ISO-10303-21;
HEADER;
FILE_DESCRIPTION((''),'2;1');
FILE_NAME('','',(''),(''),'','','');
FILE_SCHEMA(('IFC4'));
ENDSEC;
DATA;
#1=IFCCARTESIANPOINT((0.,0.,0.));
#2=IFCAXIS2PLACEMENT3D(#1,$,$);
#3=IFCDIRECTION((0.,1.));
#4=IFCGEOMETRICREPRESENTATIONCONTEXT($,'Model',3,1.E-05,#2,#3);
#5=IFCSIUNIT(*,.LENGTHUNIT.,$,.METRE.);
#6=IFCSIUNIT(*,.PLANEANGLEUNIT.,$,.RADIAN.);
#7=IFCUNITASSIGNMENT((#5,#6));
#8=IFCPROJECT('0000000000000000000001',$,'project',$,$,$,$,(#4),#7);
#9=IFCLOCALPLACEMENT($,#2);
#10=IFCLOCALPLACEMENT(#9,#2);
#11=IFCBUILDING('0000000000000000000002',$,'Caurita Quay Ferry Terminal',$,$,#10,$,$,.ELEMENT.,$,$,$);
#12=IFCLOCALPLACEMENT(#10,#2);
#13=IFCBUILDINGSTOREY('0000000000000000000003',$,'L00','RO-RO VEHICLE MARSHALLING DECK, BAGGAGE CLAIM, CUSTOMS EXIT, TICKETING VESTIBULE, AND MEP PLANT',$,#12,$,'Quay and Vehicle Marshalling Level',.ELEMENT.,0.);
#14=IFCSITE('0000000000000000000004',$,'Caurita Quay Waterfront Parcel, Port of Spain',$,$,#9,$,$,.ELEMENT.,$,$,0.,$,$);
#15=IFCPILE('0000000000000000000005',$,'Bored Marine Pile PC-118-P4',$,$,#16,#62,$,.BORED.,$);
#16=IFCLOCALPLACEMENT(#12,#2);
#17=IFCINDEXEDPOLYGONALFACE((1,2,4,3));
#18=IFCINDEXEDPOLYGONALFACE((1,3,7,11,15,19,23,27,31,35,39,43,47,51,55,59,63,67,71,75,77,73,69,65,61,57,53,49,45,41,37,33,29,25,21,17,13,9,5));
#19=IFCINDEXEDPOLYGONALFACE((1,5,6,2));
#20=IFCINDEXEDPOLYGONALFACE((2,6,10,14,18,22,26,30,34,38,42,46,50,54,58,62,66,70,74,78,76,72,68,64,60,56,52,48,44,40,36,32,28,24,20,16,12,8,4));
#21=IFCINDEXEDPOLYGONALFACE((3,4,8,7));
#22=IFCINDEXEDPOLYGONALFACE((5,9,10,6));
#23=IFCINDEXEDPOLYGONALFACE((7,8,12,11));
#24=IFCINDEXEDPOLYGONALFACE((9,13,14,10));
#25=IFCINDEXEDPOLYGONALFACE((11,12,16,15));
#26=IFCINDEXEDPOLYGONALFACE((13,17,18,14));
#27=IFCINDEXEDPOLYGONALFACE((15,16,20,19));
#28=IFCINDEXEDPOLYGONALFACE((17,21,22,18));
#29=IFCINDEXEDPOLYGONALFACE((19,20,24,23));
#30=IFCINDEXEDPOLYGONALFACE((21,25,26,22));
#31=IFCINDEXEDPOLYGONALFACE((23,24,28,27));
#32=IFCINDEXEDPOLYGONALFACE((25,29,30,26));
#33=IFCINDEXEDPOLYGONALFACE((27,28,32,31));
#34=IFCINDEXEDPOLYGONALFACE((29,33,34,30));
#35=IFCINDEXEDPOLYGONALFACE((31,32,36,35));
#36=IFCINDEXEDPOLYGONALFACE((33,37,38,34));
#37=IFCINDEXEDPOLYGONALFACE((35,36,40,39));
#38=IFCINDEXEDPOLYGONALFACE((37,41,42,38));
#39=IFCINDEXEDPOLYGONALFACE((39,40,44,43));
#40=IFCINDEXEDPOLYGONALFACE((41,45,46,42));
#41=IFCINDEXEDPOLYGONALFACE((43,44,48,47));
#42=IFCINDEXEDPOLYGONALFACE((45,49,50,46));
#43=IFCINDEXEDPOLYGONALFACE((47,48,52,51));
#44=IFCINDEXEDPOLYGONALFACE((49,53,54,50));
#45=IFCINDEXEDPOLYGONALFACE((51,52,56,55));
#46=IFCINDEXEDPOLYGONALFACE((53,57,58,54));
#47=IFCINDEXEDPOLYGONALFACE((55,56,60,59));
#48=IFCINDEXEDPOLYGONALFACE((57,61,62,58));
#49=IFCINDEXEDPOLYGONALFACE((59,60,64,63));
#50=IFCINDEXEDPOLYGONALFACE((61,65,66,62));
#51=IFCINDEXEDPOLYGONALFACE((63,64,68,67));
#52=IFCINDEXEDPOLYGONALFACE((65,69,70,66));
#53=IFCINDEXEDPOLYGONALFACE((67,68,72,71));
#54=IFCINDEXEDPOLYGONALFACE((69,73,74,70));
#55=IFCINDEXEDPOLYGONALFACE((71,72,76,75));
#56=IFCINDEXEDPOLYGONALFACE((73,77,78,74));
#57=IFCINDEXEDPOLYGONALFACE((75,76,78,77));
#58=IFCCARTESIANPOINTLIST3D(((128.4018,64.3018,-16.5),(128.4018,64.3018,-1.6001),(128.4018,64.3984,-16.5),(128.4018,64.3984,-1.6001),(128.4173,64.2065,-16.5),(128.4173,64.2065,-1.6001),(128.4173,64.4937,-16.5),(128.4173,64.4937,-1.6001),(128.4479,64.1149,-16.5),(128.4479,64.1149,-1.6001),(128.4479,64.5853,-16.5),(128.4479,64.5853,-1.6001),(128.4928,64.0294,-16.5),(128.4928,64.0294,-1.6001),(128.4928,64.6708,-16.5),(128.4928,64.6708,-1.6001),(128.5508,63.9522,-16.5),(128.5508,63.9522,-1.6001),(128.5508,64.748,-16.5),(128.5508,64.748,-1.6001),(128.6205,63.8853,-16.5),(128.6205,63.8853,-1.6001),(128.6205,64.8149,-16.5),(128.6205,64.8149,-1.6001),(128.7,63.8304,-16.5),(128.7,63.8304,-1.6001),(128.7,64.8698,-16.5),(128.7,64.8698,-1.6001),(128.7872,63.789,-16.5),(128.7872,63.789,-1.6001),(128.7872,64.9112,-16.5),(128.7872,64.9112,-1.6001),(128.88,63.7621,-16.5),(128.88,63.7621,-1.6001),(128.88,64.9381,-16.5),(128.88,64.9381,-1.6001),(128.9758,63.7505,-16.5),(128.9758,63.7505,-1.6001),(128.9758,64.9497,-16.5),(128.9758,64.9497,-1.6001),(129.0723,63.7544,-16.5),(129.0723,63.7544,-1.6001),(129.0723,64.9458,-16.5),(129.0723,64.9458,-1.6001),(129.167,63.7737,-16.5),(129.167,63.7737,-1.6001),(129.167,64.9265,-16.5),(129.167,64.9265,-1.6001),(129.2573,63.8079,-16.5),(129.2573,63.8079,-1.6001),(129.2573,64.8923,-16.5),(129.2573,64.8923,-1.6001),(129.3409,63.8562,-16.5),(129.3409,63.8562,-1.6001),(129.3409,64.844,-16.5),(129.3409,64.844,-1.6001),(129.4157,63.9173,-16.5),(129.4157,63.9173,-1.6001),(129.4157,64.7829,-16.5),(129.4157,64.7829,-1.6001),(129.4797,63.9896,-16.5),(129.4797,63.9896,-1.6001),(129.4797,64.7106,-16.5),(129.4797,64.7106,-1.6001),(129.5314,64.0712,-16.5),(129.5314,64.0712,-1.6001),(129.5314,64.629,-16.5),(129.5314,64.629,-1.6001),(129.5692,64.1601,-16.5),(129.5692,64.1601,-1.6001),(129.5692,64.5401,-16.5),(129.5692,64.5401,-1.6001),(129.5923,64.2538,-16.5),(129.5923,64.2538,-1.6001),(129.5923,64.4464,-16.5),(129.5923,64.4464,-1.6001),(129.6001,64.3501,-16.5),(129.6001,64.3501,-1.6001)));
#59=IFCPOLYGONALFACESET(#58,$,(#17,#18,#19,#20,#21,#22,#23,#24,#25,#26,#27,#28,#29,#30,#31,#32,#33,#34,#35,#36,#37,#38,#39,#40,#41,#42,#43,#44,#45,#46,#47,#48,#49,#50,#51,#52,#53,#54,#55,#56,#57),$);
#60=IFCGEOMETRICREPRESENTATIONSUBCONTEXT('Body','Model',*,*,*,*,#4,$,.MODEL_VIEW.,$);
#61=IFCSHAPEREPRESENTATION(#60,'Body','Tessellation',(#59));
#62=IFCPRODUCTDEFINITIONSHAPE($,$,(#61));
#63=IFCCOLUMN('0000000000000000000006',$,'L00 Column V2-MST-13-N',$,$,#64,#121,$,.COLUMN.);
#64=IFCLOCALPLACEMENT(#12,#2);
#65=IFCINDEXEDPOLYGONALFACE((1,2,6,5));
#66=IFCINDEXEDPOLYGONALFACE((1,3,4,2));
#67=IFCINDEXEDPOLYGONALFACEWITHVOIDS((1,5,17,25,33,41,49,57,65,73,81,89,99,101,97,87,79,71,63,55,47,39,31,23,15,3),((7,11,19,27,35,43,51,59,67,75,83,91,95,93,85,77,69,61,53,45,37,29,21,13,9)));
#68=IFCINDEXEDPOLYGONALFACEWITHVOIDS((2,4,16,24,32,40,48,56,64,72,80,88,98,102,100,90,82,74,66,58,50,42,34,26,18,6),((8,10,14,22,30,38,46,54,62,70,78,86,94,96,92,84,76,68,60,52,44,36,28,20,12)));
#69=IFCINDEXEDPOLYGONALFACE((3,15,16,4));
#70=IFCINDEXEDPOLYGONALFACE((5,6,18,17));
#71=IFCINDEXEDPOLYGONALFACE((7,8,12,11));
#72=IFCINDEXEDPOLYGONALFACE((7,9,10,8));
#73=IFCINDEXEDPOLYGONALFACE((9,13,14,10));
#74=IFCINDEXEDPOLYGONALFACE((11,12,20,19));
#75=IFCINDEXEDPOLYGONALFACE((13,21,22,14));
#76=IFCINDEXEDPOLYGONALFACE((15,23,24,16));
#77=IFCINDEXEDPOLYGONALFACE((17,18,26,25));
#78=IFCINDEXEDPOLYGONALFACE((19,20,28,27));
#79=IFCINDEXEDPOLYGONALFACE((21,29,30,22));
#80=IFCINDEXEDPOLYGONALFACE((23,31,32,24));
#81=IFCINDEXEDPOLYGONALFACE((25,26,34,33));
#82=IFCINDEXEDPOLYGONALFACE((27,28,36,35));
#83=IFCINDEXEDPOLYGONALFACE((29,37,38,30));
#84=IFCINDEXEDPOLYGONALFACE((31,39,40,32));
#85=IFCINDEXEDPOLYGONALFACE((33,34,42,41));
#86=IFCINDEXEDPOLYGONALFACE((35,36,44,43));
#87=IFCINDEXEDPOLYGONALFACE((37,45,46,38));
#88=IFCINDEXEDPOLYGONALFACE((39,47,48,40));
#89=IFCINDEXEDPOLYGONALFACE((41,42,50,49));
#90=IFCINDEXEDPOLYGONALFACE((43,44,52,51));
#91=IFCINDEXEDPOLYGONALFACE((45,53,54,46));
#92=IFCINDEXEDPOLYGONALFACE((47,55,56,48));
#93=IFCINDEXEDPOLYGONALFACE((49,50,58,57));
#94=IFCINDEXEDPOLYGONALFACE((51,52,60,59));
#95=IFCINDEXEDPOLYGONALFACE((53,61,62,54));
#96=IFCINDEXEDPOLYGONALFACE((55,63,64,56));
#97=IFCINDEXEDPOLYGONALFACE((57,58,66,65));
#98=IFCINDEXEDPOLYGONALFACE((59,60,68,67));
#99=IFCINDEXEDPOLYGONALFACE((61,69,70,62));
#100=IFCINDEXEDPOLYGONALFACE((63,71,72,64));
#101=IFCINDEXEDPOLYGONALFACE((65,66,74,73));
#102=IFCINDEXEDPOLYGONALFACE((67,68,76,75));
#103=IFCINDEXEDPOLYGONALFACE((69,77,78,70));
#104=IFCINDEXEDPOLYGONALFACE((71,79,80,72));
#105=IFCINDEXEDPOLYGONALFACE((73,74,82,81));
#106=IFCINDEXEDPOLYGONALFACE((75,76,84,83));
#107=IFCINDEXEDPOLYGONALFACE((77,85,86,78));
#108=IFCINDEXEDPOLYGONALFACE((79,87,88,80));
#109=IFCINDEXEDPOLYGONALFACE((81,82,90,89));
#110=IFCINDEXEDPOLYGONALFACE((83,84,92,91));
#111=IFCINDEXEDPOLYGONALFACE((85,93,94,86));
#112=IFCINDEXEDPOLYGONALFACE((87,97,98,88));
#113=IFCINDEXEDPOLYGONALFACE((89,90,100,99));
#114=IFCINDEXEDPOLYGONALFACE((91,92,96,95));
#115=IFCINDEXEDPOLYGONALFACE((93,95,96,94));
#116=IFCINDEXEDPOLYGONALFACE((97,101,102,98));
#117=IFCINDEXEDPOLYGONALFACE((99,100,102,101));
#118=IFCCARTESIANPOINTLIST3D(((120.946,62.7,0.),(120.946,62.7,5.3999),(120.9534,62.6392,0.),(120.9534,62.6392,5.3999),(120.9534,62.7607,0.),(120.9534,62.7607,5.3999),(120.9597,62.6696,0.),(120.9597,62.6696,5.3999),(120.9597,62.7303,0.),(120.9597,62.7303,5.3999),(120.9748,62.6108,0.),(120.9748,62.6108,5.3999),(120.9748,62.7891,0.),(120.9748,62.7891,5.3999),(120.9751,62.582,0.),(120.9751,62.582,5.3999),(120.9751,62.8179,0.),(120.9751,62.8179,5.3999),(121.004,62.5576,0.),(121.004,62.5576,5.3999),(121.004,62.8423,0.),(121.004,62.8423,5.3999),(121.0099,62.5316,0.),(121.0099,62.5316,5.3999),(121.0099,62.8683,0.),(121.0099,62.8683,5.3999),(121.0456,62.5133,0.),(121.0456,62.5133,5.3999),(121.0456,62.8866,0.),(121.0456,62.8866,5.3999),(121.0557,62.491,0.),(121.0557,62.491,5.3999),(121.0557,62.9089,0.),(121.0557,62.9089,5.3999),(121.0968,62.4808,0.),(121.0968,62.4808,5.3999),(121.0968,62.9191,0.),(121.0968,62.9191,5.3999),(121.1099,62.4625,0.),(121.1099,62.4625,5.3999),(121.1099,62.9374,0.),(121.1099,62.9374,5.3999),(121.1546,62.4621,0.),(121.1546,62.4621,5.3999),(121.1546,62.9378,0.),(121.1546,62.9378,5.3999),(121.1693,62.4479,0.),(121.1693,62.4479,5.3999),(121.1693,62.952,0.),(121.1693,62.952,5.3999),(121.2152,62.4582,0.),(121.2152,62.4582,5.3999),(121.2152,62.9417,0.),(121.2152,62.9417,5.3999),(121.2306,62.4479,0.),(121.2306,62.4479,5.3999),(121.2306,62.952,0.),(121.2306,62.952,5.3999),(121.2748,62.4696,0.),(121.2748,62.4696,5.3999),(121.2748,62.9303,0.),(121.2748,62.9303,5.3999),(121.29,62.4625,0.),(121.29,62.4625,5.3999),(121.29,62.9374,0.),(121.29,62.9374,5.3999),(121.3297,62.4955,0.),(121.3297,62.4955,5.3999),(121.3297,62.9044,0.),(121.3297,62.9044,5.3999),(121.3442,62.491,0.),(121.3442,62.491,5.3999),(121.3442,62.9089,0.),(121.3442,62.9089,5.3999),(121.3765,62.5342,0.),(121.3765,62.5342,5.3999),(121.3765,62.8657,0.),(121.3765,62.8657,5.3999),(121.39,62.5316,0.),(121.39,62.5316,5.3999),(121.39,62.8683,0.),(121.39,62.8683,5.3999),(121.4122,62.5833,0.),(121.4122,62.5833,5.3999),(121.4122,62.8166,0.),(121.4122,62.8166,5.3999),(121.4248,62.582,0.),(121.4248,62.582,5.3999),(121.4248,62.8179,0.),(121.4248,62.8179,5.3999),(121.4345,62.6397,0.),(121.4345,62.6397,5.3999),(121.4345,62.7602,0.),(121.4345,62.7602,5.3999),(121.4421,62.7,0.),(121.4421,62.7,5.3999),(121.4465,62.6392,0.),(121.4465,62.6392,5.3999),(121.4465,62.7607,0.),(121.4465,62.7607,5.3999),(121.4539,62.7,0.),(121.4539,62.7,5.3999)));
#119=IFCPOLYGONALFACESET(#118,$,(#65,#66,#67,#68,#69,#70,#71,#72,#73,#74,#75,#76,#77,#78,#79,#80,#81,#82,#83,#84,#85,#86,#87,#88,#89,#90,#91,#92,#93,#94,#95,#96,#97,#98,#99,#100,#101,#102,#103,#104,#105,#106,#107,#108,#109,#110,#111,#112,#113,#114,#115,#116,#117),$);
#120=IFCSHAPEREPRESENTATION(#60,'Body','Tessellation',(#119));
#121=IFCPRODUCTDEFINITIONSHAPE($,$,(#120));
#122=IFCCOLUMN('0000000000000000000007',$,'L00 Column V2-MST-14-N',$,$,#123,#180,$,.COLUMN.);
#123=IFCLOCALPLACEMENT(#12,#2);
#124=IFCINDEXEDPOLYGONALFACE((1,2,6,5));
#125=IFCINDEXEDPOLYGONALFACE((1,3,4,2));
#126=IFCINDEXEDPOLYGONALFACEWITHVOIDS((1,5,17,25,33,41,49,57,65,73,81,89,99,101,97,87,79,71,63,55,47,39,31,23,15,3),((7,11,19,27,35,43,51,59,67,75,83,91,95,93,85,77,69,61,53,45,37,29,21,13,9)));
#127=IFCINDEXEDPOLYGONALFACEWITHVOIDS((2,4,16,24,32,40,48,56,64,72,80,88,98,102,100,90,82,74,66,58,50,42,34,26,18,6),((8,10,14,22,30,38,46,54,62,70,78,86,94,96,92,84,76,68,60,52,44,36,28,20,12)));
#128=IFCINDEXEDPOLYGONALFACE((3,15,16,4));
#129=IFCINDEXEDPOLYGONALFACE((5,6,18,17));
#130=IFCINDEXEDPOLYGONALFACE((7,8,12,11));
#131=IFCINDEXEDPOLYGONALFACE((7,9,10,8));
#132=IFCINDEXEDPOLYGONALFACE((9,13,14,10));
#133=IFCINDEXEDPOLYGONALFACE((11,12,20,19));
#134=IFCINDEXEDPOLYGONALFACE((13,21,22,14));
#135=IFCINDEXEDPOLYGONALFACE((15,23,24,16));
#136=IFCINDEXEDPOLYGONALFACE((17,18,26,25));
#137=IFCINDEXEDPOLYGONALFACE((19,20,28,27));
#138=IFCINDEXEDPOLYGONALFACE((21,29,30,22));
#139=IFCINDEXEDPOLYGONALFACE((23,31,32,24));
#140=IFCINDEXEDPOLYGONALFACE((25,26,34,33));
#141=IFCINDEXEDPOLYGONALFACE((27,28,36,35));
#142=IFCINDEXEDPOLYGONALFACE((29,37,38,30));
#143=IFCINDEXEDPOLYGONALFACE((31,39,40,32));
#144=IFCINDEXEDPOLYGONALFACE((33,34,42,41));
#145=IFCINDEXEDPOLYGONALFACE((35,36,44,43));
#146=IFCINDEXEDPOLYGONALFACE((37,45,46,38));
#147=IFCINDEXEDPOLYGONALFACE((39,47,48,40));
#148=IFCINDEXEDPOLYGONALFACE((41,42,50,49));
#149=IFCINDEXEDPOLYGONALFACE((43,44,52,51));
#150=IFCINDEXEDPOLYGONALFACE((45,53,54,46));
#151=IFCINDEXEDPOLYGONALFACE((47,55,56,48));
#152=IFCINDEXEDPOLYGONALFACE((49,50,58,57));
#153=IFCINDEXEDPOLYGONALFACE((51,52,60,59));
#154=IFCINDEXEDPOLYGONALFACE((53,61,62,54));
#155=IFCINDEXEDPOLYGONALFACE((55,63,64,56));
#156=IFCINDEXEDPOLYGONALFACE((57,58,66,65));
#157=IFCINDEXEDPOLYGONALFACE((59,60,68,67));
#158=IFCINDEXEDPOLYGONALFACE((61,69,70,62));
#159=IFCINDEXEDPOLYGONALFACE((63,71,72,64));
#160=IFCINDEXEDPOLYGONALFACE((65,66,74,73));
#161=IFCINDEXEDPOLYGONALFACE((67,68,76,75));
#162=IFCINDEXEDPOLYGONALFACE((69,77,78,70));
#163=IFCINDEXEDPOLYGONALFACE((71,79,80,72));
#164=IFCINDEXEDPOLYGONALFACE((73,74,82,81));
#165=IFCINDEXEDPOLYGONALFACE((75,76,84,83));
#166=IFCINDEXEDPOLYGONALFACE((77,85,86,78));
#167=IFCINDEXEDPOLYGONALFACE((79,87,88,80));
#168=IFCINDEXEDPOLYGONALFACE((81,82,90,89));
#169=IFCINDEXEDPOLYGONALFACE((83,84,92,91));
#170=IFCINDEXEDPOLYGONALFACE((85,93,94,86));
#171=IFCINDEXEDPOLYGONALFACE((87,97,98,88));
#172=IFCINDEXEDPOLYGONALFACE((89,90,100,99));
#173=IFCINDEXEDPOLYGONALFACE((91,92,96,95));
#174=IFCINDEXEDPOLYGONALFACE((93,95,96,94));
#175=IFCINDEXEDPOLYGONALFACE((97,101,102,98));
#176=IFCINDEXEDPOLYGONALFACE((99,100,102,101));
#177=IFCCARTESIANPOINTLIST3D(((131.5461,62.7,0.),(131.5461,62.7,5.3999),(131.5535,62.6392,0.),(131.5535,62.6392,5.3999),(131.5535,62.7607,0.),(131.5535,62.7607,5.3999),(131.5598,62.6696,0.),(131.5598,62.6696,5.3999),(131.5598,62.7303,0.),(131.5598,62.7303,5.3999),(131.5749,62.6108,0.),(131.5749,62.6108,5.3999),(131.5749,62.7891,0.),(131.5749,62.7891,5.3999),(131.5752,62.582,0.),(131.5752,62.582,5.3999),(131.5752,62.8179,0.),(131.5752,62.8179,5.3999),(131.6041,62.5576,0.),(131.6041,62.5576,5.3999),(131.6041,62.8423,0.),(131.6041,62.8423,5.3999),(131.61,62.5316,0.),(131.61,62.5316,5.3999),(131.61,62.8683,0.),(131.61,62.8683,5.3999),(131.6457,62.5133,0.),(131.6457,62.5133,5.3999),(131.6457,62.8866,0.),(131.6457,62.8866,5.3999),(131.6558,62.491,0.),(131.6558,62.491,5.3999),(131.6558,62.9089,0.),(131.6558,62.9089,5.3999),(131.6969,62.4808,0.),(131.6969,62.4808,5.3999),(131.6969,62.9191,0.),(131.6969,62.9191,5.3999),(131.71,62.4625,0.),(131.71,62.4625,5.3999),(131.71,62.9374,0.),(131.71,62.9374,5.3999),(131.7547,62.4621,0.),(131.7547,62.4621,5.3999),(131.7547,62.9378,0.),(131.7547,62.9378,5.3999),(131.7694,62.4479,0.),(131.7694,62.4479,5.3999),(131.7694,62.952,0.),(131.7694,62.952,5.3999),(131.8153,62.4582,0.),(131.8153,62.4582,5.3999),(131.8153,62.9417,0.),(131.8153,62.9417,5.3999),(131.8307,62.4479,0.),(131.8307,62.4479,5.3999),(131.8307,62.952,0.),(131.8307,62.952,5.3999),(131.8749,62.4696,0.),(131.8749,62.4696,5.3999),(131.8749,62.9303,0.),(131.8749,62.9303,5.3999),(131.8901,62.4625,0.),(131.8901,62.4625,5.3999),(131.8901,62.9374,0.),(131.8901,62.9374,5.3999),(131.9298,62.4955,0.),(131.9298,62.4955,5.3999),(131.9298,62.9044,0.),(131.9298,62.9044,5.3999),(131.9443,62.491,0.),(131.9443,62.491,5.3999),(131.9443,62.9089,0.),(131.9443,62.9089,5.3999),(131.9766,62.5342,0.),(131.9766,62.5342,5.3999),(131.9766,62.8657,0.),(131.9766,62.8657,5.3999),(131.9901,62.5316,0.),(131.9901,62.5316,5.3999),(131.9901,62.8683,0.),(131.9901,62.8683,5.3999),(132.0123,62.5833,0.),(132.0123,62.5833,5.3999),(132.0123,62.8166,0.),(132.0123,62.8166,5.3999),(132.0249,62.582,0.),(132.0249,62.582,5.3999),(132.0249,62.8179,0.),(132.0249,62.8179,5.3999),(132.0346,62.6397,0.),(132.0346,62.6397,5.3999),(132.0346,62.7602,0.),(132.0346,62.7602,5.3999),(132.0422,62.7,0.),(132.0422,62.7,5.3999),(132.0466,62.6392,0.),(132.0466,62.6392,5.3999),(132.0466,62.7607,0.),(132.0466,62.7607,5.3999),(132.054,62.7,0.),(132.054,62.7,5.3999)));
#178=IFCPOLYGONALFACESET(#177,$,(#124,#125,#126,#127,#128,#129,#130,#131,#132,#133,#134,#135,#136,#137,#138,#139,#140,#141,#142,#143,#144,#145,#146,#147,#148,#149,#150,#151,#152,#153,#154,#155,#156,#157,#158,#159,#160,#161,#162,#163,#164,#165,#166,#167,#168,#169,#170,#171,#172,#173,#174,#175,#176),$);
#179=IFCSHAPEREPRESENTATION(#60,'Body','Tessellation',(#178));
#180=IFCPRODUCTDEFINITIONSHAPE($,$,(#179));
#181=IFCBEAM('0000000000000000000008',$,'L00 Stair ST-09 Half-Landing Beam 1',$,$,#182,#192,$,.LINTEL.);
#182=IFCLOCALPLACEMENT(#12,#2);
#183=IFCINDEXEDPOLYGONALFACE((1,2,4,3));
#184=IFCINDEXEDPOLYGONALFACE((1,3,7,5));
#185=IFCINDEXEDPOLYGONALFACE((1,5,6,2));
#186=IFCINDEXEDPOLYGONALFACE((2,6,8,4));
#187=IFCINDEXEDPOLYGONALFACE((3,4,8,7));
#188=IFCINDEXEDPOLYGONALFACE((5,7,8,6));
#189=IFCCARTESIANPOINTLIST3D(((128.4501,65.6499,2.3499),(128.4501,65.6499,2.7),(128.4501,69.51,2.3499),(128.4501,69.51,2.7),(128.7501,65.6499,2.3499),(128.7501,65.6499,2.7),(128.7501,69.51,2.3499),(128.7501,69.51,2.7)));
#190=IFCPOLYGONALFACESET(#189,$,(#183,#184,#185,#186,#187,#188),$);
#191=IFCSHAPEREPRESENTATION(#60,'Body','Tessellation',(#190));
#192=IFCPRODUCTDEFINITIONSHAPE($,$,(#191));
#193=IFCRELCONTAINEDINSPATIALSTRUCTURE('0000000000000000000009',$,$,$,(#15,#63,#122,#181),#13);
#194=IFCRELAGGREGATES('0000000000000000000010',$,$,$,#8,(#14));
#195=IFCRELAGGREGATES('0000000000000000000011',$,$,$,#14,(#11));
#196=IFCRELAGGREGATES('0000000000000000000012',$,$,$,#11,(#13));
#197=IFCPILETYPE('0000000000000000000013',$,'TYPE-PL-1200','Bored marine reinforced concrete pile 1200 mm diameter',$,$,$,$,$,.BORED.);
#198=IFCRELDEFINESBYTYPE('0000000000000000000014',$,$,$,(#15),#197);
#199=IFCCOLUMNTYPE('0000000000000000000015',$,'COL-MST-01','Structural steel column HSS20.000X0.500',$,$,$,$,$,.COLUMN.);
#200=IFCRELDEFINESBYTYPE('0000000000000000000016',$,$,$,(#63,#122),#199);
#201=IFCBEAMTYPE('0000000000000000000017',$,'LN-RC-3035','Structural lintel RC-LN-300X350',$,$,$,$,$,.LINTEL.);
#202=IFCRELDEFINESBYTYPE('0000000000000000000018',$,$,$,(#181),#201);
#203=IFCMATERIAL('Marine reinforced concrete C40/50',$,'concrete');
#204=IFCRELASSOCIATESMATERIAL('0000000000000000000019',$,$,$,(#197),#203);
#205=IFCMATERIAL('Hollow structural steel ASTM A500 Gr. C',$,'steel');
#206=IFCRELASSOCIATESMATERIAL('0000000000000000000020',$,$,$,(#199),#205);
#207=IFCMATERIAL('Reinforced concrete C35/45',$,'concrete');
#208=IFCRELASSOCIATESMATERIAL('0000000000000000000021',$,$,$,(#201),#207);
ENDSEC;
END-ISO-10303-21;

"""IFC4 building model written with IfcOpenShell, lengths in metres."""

from ifc_helpers import new_model, si_unit, direction, frame, origin, origin_2d, place, context, subcontext, project, spatial, rectangle, circle, hollow_circle, extrude, material, material_profile, profile_set, type_object, element, save


model = new_model("IFC4")

# Units and contexts
model_context = context("Model", 3, precision=1e-05, world=origin(), true_north=direction((0.0, 1.0)))
body_context = subcontext(model_context, "Body", "Model", "MODEL_VIEW")
ifc_project = project(units=[si_unit("LENGTHUNIT", "METRE"), si_unit("PLANEANGLEUNIT", "RADIAN")], contexts=[model_context])

# Site, building, storey
site_placement = place(None, origin())
site = spatial("IfcSite", under=ifc_project, at=site_placement, Name="Caurita Quay Waterfront Parcel, Port of Spain", CompositionType="ELEMENT", RefElevation=0.0)
building_placement = place(site_placement, origin())
building = spatial("IfcBuilding", under=site, at=building_placement, Name="Caurita Quay Ferry Terminal", CompositionType="ELEMENT")
storey_placement = place(building_placement, origin())
storey = spatial("IfcBuildingStorey", under=building, at=storey_placement, Name="L00", Description="RO-RO VEHICLE MARSHALLING DECK, BAGGAGE CLAIM, CUSTOMS EXIT, TICKETING VESTIBULE, AND MEP PLANT", LongName="Quay and Vehicle Marshalling Level", CompositionType="ELEMENT", Elevation=0.0)

# Pile
ifc_material_1 = material(Name="Marine reinforced concrete C40/50", Category="concrete")
ifc_material_profile_1 = material_profile(ifc_material_1, circle(Radius=0.6001, at=origin_2d()), Name="PILE-D1200")
ifc_profile_set_1 = profile_set([ifc_material_profile_1], Name="Marine reinforced concrete C40/50")
pile_type_1 = type_object("IfcPileType", Name="TYPE-PL-1200", Description="Bored marine reinforced concrete pile 1200 mm diameter", PredefinedType="BORED", material=ifc_profile_set_1)
for number, where, z_axis, x_axis, name in (
    (1, (129.0, 64.3501, -1.6001), (0.0, 0.0, -1.0), (1.0, 0.0, 0.0), "Bored Marine Pile PC-118-P4"),
):
    element("IfcPile", number, at=place(storey_placement, frame(where, z_axis=z_axis, x_axis=x_axis)), inside=storey, type_object=pile_type_1, Name=name, PredefinedType="BORED", context=body_context, shape_type="SweptSolid", body=[
        extrude(circle(Radius=0.6001, at=origin_2d()), origin(), (0.0, 0.0, 1.0), 14.8999),
    ])

# Columns
ifc_material_2 = material(Name="Hollow structural steel ASTM A500 Gr. C", Category="steel")
ifc_material_profile_2 = material_profile(ifc_material_2, hollow_circle(Radius=0.2539, WallThickness=0.0117, at=origin_2d()), Name="HSS20.000X0.500")
ifc_profile_set_2 = profile_set([ifc_material_profile_2], Name="Hollow structural steel ASTM A500 Gr. C")
column_type = type_object("IfcColumnType", Name="COL-MST-01", Description="Structural steel column HSS20.000X0.500", PredefinedType="COLUMN", material=ifc_profile_set_2)
for number, where, z_axis, x_axis, name in (
    (2, (121.2, 62.7, 0.0), (0.0, 0.0, 1.0), (1.0, 0.0, 0.0), "L00 Column V2-MST-13-N"),
    (3, (131.8, 62.7, 0.0), (0.0, 0.0, 1.0), (1.0, 0.0, 0.0), "L00 Column V2-MST-14-N"),
):
    element("IfcColumn", number, at=place(storey_placement, frame(where, z_axis=z_axis, x_axis=x_axis)), inside=storey, type_object=column_type, Name=name, PredefinedType="COLUMN", context=body_context, shape_type="SweptSolid", body=[
        extrude(hollow_circle(Radius=0.2539, WallThickness=0.0117, at=origin_2d()), origin(), (0.0, 0.0, 1.0), 5.3999),
    ])

# Beam
ifc_material_3 = material(Name="Reinforced concrete C35/45", Category="concrete")
ifc_material_profile_3 = material_profile(ifc_material_3, rectangle(XDim=0.3, YDim=0.3501, at=origin_2d()), Name="RC-LN-300X350")
ifc_profile_set_3 = profile_set([ifc_material_profile_3], Name="Reinforced concrete C35/45")
beam_type = type_object("IfcBeamType", Name="LN-RC-3035", Description="Structural lintel RC-LN-300X350", PredefinedType="LINTEL", material=ifc_profile_set_3)
beam_placement = place(storey_placement, frame((128.6001, 65.6499, 2.5249), z_axis=(0.0, 1.0, 0.0), x_axis=(-1.0, 0.0, 0.0)))
element("IfcBeam", 4, at=beam_placement, inside=storey, type_object=beam_type, Name="L00 Stair ST-09 Half-Landing Beam 1", PredefinedType="LINTEL", context=body_context, shape_type="SweptSolid", body=[
    extrude(rectangle(XDim=0.3, YDim=0.3501, at=origin_2d()), origin(), (0.0, 0.0, 1.0), 3.8601),
])

save(model, "model.ifc")
